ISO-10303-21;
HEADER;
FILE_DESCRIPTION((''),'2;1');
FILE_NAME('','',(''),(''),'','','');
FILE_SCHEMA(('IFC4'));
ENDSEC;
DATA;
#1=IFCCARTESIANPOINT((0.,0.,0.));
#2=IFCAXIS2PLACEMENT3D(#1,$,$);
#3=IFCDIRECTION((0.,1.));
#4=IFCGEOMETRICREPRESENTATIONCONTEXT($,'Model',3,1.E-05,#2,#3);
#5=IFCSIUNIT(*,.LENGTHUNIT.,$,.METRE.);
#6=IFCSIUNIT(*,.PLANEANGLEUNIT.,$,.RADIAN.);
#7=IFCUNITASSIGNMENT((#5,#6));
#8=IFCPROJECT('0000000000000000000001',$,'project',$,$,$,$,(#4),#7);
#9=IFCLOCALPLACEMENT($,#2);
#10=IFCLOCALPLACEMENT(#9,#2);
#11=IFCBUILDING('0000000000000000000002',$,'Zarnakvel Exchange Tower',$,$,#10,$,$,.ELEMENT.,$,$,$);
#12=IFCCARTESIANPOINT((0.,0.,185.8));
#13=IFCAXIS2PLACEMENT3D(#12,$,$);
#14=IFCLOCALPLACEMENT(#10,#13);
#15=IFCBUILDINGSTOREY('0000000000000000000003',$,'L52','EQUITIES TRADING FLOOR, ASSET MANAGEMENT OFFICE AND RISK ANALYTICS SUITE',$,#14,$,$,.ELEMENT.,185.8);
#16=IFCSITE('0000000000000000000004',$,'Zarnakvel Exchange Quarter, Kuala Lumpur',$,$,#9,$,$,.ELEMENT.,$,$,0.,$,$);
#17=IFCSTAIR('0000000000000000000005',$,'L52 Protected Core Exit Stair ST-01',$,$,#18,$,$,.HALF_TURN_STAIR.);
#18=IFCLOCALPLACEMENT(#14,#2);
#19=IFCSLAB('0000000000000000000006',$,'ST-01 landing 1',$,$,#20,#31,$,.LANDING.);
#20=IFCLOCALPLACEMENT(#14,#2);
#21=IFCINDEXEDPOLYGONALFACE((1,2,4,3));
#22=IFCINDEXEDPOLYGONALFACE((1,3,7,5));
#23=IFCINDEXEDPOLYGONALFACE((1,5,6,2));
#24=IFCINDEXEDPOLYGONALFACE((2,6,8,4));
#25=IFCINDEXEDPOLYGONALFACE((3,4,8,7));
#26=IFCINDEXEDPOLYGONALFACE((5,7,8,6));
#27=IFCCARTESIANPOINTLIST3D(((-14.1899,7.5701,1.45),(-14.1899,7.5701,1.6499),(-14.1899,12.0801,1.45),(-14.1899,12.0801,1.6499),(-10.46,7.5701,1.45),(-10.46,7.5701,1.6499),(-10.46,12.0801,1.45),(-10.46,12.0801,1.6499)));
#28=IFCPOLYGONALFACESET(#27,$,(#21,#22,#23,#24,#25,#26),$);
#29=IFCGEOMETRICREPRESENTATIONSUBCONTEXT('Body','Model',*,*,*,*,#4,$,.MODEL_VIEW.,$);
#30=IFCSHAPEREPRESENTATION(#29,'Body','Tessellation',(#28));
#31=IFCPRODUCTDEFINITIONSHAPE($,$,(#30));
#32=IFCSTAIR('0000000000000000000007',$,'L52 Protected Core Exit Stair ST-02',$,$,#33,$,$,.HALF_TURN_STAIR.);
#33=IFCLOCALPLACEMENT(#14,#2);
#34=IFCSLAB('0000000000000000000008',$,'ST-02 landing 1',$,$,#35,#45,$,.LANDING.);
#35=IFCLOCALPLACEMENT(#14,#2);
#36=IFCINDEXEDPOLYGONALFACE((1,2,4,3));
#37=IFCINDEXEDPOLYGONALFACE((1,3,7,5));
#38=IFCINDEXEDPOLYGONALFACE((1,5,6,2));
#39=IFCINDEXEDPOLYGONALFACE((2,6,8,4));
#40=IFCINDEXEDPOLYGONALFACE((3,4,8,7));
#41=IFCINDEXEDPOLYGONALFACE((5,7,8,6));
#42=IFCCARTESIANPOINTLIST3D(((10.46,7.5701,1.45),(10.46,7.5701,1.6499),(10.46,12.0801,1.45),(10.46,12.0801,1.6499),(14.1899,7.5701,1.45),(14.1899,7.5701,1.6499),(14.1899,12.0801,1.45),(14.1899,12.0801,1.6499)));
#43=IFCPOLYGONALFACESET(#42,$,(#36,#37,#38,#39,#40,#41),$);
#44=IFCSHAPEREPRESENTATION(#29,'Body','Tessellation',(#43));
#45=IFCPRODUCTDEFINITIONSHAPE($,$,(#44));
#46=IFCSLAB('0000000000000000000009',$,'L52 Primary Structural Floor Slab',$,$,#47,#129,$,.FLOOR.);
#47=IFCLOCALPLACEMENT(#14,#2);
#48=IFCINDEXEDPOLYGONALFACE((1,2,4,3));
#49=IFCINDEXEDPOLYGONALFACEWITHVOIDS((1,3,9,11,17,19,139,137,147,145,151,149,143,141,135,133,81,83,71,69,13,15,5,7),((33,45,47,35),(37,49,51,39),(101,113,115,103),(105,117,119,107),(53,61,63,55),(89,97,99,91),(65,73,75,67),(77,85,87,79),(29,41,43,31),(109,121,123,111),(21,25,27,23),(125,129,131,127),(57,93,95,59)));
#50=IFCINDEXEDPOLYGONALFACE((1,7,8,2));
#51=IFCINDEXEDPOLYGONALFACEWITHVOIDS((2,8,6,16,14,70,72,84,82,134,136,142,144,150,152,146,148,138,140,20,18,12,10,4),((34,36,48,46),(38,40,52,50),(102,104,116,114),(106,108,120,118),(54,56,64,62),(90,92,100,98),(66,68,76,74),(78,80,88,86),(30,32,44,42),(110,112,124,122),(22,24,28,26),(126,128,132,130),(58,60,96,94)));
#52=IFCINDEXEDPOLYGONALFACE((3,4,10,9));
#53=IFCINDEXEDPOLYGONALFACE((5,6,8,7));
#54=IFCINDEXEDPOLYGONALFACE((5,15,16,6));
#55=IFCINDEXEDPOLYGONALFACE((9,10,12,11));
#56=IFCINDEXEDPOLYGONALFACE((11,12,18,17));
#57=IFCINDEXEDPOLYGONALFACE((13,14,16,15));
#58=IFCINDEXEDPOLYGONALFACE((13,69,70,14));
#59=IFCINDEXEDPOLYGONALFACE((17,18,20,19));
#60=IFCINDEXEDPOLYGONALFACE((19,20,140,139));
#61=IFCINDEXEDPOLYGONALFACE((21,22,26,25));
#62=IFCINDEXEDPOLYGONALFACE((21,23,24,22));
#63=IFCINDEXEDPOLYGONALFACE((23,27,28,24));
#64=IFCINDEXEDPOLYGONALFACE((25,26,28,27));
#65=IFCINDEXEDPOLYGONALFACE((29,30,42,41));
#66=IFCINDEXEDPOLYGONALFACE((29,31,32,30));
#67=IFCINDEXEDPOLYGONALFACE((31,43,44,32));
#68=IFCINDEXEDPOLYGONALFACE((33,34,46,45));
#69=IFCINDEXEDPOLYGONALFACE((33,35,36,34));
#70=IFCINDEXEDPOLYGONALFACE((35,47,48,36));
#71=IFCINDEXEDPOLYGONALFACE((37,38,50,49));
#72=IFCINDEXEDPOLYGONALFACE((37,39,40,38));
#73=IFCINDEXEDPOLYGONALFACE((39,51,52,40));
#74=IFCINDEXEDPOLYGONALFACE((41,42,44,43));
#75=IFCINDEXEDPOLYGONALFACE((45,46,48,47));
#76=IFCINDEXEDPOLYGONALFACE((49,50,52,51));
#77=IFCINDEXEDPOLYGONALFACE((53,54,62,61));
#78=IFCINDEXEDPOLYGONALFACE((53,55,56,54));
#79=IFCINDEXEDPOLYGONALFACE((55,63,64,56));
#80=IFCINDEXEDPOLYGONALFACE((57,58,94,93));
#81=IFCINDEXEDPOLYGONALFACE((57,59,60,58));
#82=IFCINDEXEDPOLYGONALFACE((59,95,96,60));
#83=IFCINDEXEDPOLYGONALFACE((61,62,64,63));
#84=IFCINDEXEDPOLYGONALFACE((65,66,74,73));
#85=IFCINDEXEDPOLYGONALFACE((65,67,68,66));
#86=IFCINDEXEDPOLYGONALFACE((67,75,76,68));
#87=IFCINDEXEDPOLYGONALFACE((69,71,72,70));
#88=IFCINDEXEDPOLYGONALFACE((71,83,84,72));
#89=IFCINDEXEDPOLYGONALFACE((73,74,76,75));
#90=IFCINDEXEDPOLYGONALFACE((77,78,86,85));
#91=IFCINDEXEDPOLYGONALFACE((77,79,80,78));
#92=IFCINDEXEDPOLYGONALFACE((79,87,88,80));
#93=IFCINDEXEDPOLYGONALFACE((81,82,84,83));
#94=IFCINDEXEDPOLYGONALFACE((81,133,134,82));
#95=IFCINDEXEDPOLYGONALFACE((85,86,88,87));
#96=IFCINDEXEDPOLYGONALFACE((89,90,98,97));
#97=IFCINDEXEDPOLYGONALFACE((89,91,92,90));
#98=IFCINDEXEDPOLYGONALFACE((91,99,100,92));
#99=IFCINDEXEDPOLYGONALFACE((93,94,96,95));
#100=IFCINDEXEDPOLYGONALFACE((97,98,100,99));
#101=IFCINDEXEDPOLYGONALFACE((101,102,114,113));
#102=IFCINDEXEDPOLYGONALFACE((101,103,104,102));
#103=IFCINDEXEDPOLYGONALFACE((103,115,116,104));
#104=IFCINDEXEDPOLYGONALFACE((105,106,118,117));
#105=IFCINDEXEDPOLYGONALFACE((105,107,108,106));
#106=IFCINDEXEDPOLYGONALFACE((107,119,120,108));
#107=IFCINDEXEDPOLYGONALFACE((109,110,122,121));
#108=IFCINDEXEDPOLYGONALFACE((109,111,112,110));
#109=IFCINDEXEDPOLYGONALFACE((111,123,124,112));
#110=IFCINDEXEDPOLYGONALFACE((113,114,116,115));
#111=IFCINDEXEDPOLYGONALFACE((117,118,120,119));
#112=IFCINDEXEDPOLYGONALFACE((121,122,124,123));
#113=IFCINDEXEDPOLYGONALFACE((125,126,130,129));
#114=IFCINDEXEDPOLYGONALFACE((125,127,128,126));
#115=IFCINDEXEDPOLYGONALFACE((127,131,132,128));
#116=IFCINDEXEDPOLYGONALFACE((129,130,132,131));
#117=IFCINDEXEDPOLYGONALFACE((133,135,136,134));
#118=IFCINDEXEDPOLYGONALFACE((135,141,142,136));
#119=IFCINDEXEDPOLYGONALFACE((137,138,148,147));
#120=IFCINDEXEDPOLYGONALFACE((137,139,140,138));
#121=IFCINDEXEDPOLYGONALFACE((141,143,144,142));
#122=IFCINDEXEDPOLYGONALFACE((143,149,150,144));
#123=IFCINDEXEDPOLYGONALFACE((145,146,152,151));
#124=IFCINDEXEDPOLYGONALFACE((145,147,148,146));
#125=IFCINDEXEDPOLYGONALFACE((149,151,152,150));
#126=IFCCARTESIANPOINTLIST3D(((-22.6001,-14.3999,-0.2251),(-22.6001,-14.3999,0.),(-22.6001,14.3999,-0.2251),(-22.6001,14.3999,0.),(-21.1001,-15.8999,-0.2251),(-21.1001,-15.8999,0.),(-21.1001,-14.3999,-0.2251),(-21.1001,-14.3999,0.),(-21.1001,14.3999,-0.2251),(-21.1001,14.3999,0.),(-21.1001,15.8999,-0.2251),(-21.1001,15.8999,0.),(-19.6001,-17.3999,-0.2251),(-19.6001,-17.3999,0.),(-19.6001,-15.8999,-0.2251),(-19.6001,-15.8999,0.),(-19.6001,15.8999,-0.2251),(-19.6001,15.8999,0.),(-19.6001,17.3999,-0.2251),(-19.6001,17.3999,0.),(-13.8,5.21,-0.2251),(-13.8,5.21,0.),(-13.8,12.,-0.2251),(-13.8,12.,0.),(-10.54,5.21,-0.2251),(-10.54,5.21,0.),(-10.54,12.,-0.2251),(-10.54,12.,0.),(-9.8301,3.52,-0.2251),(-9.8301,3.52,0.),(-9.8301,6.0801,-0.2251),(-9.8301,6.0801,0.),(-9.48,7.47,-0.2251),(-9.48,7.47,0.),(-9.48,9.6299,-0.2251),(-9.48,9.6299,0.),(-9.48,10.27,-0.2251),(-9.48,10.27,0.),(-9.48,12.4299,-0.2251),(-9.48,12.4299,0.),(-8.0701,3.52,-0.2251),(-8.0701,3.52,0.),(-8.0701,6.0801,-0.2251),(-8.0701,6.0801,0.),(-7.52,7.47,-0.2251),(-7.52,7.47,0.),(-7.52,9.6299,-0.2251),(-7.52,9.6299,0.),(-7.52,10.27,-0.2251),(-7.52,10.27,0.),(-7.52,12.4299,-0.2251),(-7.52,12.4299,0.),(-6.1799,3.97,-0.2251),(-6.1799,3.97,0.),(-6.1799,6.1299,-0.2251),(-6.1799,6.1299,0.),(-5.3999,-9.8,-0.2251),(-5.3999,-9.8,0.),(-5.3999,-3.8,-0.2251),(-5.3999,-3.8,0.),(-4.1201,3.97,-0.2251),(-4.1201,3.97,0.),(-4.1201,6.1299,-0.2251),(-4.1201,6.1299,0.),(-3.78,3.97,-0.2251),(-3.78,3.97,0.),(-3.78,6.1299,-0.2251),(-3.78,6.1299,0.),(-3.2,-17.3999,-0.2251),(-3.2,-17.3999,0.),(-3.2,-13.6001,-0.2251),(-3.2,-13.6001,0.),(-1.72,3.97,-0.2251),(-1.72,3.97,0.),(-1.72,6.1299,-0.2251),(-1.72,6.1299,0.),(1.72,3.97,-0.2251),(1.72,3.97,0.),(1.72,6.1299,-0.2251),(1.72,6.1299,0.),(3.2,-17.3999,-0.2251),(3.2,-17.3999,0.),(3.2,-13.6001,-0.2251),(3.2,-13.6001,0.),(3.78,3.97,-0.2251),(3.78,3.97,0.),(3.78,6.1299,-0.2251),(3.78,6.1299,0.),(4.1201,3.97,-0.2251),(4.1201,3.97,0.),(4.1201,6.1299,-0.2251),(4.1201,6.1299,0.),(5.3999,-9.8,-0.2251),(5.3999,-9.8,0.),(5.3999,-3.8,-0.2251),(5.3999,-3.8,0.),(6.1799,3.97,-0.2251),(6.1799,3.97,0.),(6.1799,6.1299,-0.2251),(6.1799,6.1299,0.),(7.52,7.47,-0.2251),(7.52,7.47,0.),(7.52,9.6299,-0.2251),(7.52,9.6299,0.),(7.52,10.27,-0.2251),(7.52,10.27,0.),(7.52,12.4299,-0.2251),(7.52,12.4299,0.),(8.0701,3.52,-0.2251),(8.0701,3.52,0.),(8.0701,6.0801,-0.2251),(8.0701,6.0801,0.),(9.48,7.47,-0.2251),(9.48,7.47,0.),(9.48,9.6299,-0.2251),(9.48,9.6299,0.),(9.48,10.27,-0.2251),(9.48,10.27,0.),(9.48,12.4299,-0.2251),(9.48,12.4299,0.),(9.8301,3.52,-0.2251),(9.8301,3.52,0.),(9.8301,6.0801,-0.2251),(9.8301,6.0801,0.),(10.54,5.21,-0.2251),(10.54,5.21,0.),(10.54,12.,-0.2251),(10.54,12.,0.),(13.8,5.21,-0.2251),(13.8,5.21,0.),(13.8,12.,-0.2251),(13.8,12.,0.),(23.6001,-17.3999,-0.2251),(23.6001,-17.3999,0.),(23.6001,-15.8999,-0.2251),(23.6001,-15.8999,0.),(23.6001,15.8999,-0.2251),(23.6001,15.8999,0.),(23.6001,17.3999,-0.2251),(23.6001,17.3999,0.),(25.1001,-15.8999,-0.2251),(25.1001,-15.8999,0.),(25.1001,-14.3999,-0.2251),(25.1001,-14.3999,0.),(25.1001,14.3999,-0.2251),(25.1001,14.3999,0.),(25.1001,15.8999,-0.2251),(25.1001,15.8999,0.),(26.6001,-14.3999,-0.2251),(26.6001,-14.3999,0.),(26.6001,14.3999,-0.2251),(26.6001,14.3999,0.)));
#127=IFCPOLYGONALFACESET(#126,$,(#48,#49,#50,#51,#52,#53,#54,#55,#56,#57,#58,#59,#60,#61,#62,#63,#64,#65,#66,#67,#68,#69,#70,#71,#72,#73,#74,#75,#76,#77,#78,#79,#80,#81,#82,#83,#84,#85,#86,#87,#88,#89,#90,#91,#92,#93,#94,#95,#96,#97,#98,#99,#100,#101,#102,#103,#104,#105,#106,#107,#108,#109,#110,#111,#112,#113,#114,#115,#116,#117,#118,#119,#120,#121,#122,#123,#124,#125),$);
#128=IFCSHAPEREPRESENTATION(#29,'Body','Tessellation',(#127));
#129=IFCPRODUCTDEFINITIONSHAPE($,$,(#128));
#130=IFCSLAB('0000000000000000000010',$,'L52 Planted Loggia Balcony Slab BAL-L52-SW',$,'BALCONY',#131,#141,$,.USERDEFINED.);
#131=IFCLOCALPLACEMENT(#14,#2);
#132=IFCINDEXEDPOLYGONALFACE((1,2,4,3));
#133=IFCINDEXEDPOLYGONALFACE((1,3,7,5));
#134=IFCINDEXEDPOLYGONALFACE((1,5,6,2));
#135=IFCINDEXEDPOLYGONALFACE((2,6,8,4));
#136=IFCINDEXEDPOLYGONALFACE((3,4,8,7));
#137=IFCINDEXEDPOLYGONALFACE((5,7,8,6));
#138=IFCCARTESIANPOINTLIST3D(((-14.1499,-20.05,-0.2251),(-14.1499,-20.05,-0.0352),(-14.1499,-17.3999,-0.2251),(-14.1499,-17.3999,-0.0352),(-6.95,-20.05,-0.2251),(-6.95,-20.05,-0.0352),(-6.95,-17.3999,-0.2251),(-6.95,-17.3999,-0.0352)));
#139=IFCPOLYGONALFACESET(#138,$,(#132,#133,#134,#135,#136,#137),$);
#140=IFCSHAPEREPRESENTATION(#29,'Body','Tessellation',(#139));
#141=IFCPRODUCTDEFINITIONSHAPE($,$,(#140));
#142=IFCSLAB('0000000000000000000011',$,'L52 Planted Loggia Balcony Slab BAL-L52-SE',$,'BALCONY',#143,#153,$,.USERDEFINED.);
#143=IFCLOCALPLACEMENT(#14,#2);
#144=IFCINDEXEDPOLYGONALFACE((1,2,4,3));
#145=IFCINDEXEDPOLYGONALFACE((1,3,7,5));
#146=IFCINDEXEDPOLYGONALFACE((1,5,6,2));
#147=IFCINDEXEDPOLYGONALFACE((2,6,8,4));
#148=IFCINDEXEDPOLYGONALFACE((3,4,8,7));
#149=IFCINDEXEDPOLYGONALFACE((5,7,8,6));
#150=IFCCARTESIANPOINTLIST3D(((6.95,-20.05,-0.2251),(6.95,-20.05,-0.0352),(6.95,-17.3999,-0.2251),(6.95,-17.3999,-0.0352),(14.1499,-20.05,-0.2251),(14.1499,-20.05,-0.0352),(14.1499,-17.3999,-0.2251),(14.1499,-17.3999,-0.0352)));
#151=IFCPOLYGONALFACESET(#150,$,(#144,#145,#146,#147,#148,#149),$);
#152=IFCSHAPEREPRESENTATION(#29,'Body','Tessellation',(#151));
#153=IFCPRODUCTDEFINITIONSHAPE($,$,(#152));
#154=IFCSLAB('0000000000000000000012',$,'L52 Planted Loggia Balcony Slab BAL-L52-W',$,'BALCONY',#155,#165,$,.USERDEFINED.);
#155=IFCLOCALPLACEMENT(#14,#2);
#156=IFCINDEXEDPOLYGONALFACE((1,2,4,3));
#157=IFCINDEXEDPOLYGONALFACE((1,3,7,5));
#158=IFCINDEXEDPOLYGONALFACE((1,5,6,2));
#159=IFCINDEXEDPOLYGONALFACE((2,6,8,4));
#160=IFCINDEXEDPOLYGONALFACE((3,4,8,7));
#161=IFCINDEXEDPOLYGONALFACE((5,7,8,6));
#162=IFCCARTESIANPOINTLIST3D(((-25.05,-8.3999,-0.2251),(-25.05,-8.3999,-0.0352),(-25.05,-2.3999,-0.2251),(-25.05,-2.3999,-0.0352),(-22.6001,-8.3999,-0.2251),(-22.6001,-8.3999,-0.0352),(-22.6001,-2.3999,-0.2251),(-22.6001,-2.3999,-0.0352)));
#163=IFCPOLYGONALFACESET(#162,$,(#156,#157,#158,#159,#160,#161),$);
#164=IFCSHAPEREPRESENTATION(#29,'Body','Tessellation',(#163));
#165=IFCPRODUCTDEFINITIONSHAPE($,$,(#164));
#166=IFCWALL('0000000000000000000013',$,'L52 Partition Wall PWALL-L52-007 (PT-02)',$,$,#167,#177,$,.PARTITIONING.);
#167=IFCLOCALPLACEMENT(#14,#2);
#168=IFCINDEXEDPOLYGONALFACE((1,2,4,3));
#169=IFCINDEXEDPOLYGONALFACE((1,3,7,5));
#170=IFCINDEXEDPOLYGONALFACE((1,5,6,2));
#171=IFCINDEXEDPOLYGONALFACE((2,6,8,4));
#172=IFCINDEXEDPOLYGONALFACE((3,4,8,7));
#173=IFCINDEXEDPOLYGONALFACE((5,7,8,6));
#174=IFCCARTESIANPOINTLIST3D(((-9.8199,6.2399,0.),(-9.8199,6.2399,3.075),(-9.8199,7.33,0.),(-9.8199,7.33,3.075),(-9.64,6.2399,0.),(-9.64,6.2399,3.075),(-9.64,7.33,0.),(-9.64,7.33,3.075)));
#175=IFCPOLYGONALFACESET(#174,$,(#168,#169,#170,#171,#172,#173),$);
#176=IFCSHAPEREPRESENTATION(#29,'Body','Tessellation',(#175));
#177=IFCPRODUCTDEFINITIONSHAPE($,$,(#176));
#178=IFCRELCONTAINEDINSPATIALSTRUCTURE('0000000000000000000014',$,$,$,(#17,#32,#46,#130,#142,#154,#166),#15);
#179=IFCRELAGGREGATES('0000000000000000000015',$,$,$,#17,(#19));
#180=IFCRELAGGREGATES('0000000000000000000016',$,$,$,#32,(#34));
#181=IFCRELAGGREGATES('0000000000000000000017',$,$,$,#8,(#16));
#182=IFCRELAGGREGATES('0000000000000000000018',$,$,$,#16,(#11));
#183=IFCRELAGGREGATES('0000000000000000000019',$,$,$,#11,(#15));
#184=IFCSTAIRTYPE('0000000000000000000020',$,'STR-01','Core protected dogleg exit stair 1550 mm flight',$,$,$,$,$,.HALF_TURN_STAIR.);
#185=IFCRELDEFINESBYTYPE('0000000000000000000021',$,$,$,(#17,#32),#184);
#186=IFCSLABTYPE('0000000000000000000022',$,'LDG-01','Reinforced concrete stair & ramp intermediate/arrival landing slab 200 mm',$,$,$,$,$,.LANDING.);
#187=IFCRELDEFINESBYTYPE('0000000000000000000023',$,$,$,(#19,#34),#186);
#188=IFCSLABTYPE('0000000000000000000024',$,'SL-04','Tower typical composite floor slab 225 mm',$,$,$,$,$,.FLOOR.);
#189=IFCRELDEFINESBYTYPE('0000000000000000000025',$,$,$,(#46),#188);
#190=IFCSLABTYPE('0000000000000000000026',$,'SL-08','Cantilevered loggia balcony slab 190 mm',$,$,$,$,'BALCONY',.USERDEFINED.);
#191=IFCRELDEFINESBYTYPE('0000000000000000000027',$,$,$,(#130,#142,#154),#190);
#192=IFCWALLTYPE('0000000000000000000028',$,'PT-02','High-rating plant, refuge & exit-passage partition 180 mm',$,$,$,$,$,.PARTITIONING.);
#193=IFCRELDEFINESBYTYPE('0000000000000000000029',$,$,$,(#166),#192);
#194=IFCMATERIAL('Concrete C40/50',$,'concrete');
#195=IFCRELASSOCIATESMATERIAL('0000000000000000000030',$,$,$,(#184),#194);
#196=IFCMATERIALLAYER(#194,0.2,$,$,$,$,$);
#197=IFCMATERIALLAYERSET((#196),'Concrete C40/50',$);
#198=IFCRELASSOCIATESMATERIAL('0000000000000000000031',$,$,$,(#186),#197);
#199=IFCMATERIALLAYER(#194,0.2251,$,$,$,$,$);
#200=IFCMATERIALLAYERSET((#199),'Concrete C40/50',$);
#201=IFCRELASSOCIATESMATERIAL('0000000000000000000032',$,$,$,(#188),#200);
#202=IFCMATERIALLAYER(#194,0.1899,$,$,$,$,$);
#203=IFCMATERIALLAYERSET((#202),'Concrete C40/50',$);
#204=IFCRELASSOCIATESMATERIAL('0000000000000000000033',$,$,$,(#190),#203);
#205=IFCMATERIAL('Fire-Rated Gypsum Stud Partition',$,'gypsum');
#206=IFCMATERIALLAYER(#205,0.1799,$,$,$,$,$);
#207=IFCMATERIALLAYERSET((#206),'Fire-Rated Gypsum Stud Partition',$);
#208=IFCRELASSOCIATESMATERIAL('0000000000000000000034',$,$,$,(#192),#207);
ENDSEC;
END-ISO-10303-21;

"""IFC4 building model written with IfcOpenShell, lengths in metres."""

from ifc_helpers import new_model, si_unit, direction, frame, frame_2d, origin, place, context, subcontext, project, spatial, polyline, rectangle, outline, extrude, material, layer, layer_set, type_object, element, aggregate, save


model = new_model("IFC4")

# Units and contexts
model_context = context("Model", 3, precision=1e-05, world=origin(), true_north=direction((0.0, 1.0)))
body_context = subcontext(model_context, "Body", "Model", "MODEL_VIEW")
ifc_project = project(units=[si_unit("LENGTHUNIT", "METRE"), si_unit("PLANEANGLEUNIT", "RADIAN")], contexts=[model_context])

# Site, building, storey
site_placement = place(None, origin())
site = spatial("IfcSite", under=ifc_project, at=site_placement, Name="Zarnakvel Exchange Quarter, Kuala Lumpur", CompositionType="ELEMENT", RefElevation=0.0)
building_placement = place(site_placement, origin())
building = spatial("IfcBuilding", under=site, at=building_placement, Name="Zarnakvel Exchange Tower", CompositionType="ELEMENT")
storey_placement = place(building_placement, frame((0.0, 0.0, 185.8)))
storey = spatial("IfcBuildingStorey", under=building, at=storey_placement, Name="L52", Description="EQUITIES TRADING FLOOR, ASSET MANAGEMENT OFFICE AND RISK ANALYTICS SUITE", CompositionType="ELEMENT", Elevation=185.8)

# Stairs, slabs
ifc_material_1 = material(Name="Concrete C40/50", Category="concrete")
stair_type = type_object("IfcStairType", Name="STR-01", Description="Core protected dogleg exit stair 1550 mm flight", PredefinedType="HALF_TURN_STAIR", material=ifc_material_1)
stair_1_placement = place(storey_placement, origin())
stair_1 = element("IfcStair", 1, at=stair_1_placement, inside=storey, type_object=stair_type, Name="L52 Protected Core Exit Stair ST-01", PredefinedType="HALF_TURN_STAIR")
ifc_layer_1 = layer(ifc_material_1, 0.2)
ifc_layer_set_1 = layer_set([ifc_layer_1], Name="Concrete C40/50")
slab_type_1 = type_object("IfcSlabType", Name="LDG-01", Description="Reinforced concrete stair & ramp intermediate/arrival landing slab 200 mm", PredefinedType="LANDING", material=ifc_layer_set_1)
slab_1_placement = place(storey_placement, frame((0.0, 0.0, 1.45)))
slab_1 = element("IfcSlab", 2, at=slab_1_placement, type_object=slab_type_1, Name="ST-01 landing 1", PredefinedType="LANDING", context=body_context, shape_type="SweptSolid", body=[
    extrude(outline(polyline([(-14.1899, 7.5701), (-10.46, 7.5701), (-10.46, 12.0801), (-14.1899, 12.0801), (-14.1899, 7.5701)])), origin(), (0.0, 0.0, 1.0), 0.2),
])
aggregate(stair_1, [slab_1])
stair_2_placement = place(storey_placement, origin())
stair_2 = element("IfcStair", 3, at=stair_2_placement, inside=storey, type_object=stair_type, Name="L52 Protected Core Exit Stair ST-02", PredefinedType="HALF_TURN_STAIR")
slab_2_placement = place(storey_placement, frame((0.0, 0.0, 1.45)))
slab_2 = element("IfcSlab", 4, at=slab_2_placement, type_object=slab_type_1, Name="ST-02 landing 1", PredefinedType="LANDING", context=body_context, shape_type="SweptSolid", body=[
    extrude(outline(polyline([(10.46, 7.5701), (14.1899, 7.5701), (14.1899, 12.0801), (10.46, 12.0801), (10.46, 7.5701)])), origin(), (0.0, 0.0, 1.0), 0.2),
])
aggregate(stair_2, [slab_2])

# Slabs
ifc_layer_2 = layer(ifc_material_1, 0.2251)
ifc_layer_set_2 = layer_set([ifc_layer_2], Name="Concrete C40/50")
slab_type_2 = type_object("IfcSlabType", Name="SL-04", Description="Tower typical composite floor slab 225 mm", PredefinedType="FLOOR", material=ifc_layer_set_2)
slab_3_placement = place(storey_placement, frame((0.0, 0.0, -0.2251)))
element("IfcSlab", 5, at=slab_3_placement, inside=storey, type_object=slab_type_2, Name="L52 Primary Structural Floor Slab", PredefinedType="FLOOR", context=body_context, shape_type="SweptSolid", body=[
    extrude(outline(polyline([(-22.6001, -14.3999), (-21.1001, -14.3999), (-21.1001, -15.8999), (-19.6001, -15.8999), (-19.6001, -17.3999), (-3.2, -17.3999), (-3.2, -13.6001), (3.2, -13.6001), (3.2, -17.3999), (23.6001, -17.3999), (23.6001, -15.8999), (25.1001, -15.8999), (25.1001, -14.3999), (26.6001, -14.3999), (26.6001, 14.3999), (25.1001, 14.3999), (25.1001, 15.8999), (23.6001, 15.8999), (23.6001, 17.3999), (-19.6001, 17.3999), (-19.6001, 15.8999), (-21.1001, 15.8999), (-21.1001, 14.3999), (-22.6001, 14.3999), (-22.6001, -14.3999)]), holes=[polyline([(-5.3999, -9.8), (5.3999, -9.8), (5.3999, -3.8), (-5.3999, -3.8), (-5.3999, -9.8)]), polyline([(-13.8, 5.21), (-10.54, 5.21), (-10.54, 12.0), (-13.8, 12.0), (-13.8, 5.21)]), polyline([(10.54, 5.21), (13.8, 5.21), (13.8, 12.0), (10.54, 12.0), (10.54, 5.21)]), polyline([(-9.8301, 3.52), (-8.0701, 3.52), (-8.0701, 6.0801), (-9.8301, 6.0801), (-9.8301, 3.52)]), polyline([(8.0701, 3.52), (9.8301, 3.52), (9.8301, 6.0801), (8.0701, 6.0801), (8.0701, 3.52)]), polyline([(-6.1799, 3.97), (-4.1201, 3.97), (-4.1201, 6.1299), (-6.1799, 6.1299), (-6.1799, 3.97)]), polyline([(-3.78, 3.97), (-1.72, 3.97), (-1.72, 6.1299), (-3.78, 6.1299), (-3.78, 3.97)]), polyline([(1.72, 3.97), (3.78, 3.97), (3.78, 6.1299), (1.72, 6.1299), (1.72, 3.97)]), polyline([(4.1201, 3.97), (6.1799, 3.97), (6.1799, 6.1299), (4.1201, 6.1299), (4.1201, 3.97)]), polyline([(-9.48, 7.47), (-7.52, 7.47), (-7.52, 9.6299), (-9.48, 9.6299), (-9.48, 7.47)]), polyline([(-9.48, 10.27), (-7.52, 10.27), (-7.52, 12.4299), (-9.48, 12.4299), (-9.48, 10.27)]), polyline([(7.52, 7.47), (9.48, 7.47), (9.48, 9.6299), (7.52, 9.6299), (7.52, 7.47)]), polyline([(7.52, 10.27), (9.48, 10.27), (9.48, 12.4299), (7.52, 12.4299), (7.52, 10.27)])]), origin(), (0.0, 0.0, 1.0), 0.2251),
])
ifc_layer_3 = layer(ifc_material_1, 0.1899)
ifc_layer_set_3 = layer_set([ifc_layer_3], Name="Concrete C40/50")
slab_type_3 = type_object("IfcSlabType", Name="SL-08", Description="Cantilevered loggia balcony slab 190 mm", ElementType="BALCONY", PredefinedType="USERDEFINED", material=ifc_layer_set_3)
slab_4_placement = place(storey_placement, frame((0.0, 0.0, -0.2251)))
element("IfcSlab", 6, at=slab_4_placement, inside=storey, type_object=slab_type_3, Name="L52 Planted Loggia Balcony Slab BAL-L52-SW", ObjectType="BALCONY", PredefinedType="USERDEFINED", context=body_context, shape_type="SweptSolid", body=[
    extrude(outline(polyline([(-14.1499, -20.05), (-6.95, -20.05), (-6.95, -17.3999), (-14.1499, -17.3999), (-14.1499, -20.05)])), origin(), (0.0, 0.0, 1.0), 0.1899),
])
slab_5_placement = place(storey_placement, frame((0.0, 0.0, -0.2251)))
element("IfcSlab", 7, at=slab_5_placement, inside=storey, type_object=slab_type_3, Name="L52 Planted Loggia Balcony Slab BAL-L52-SE", ObjectType="BALCONY", PredefinedType="USERDEFINED", context=body_context, shape_type="SweptSolid", body=[
    extrude(outline(polyline([(6.95, -20.05), (14.1499, -20.05), (14.1499, -17.3999), (6.95, -17.3999), (6.95, -20.05)])), origin(), (0.0, 0.0, 1.0), 0.1899),
])
slab_6_placement = place(storey_placement, frame((0.0, 0.0, -0.2251)))
element("IfcSlab", 8, at=slab_6_placement, inside=storey, type_object=slab_type_3, Name="L52 Planted Loggia Balcony Slab BAL-L52-W", ObjectType="BALCONY", PredefinedType="USERDEFINED", context=body_context, shape_type="SweptSolid", body=[
    extrude(outline(polyline([(-25.05, -8.3999), (-22.6001, -8.3999), (-22.6001, -2.3999), (-25.05, -2.3999), (-25.05, -8.3999)])), origin(), (0.0, 0.0, 1.0), 0.1899),
])

# Wall
ifc_material_2 = material(Name="Fire-Rated Gypsum Stud Partition", Category="gypsum")
ifc_layer_4 = layer(ifc_material_2, 0.1799)
ifc_layer_set_4 = layer_set([ifc_layer_4], Name="Fire-Rated Gypsum Stud Partition")
wall_type_1 = type_object("IfcWallType", Name="PT-02", Description="High-rating plant, refuge & exit-passage partition 180 mm", PredefinedType="PARTITIONING", material=ifc_layer_set_4)
wall_1_placement = place(storey_placement, frame((-9.73, 6.24, 0.0), z_axis=(0.0, 0.0, 1.0), x_axis=(0.0, 1.0, 0.0)))
element("IfcWall", 9, at=wall_1_placement, inside=storey, type_object=wall_type_1, Name="L52 Partition Wall PWALL-L52-007 (PT-02)", PredefinedType="PARTITIONING", context=body_context, shape_type="SweptSolid", body=[
    extrude(rectangle(XDim=1.0901, YDim=0.1799, at=frame_2d((0.5449, 0.0))), origin(), (0.0, 0.0, 1.0), 3.075),
])

save(model, "model.ifc")
